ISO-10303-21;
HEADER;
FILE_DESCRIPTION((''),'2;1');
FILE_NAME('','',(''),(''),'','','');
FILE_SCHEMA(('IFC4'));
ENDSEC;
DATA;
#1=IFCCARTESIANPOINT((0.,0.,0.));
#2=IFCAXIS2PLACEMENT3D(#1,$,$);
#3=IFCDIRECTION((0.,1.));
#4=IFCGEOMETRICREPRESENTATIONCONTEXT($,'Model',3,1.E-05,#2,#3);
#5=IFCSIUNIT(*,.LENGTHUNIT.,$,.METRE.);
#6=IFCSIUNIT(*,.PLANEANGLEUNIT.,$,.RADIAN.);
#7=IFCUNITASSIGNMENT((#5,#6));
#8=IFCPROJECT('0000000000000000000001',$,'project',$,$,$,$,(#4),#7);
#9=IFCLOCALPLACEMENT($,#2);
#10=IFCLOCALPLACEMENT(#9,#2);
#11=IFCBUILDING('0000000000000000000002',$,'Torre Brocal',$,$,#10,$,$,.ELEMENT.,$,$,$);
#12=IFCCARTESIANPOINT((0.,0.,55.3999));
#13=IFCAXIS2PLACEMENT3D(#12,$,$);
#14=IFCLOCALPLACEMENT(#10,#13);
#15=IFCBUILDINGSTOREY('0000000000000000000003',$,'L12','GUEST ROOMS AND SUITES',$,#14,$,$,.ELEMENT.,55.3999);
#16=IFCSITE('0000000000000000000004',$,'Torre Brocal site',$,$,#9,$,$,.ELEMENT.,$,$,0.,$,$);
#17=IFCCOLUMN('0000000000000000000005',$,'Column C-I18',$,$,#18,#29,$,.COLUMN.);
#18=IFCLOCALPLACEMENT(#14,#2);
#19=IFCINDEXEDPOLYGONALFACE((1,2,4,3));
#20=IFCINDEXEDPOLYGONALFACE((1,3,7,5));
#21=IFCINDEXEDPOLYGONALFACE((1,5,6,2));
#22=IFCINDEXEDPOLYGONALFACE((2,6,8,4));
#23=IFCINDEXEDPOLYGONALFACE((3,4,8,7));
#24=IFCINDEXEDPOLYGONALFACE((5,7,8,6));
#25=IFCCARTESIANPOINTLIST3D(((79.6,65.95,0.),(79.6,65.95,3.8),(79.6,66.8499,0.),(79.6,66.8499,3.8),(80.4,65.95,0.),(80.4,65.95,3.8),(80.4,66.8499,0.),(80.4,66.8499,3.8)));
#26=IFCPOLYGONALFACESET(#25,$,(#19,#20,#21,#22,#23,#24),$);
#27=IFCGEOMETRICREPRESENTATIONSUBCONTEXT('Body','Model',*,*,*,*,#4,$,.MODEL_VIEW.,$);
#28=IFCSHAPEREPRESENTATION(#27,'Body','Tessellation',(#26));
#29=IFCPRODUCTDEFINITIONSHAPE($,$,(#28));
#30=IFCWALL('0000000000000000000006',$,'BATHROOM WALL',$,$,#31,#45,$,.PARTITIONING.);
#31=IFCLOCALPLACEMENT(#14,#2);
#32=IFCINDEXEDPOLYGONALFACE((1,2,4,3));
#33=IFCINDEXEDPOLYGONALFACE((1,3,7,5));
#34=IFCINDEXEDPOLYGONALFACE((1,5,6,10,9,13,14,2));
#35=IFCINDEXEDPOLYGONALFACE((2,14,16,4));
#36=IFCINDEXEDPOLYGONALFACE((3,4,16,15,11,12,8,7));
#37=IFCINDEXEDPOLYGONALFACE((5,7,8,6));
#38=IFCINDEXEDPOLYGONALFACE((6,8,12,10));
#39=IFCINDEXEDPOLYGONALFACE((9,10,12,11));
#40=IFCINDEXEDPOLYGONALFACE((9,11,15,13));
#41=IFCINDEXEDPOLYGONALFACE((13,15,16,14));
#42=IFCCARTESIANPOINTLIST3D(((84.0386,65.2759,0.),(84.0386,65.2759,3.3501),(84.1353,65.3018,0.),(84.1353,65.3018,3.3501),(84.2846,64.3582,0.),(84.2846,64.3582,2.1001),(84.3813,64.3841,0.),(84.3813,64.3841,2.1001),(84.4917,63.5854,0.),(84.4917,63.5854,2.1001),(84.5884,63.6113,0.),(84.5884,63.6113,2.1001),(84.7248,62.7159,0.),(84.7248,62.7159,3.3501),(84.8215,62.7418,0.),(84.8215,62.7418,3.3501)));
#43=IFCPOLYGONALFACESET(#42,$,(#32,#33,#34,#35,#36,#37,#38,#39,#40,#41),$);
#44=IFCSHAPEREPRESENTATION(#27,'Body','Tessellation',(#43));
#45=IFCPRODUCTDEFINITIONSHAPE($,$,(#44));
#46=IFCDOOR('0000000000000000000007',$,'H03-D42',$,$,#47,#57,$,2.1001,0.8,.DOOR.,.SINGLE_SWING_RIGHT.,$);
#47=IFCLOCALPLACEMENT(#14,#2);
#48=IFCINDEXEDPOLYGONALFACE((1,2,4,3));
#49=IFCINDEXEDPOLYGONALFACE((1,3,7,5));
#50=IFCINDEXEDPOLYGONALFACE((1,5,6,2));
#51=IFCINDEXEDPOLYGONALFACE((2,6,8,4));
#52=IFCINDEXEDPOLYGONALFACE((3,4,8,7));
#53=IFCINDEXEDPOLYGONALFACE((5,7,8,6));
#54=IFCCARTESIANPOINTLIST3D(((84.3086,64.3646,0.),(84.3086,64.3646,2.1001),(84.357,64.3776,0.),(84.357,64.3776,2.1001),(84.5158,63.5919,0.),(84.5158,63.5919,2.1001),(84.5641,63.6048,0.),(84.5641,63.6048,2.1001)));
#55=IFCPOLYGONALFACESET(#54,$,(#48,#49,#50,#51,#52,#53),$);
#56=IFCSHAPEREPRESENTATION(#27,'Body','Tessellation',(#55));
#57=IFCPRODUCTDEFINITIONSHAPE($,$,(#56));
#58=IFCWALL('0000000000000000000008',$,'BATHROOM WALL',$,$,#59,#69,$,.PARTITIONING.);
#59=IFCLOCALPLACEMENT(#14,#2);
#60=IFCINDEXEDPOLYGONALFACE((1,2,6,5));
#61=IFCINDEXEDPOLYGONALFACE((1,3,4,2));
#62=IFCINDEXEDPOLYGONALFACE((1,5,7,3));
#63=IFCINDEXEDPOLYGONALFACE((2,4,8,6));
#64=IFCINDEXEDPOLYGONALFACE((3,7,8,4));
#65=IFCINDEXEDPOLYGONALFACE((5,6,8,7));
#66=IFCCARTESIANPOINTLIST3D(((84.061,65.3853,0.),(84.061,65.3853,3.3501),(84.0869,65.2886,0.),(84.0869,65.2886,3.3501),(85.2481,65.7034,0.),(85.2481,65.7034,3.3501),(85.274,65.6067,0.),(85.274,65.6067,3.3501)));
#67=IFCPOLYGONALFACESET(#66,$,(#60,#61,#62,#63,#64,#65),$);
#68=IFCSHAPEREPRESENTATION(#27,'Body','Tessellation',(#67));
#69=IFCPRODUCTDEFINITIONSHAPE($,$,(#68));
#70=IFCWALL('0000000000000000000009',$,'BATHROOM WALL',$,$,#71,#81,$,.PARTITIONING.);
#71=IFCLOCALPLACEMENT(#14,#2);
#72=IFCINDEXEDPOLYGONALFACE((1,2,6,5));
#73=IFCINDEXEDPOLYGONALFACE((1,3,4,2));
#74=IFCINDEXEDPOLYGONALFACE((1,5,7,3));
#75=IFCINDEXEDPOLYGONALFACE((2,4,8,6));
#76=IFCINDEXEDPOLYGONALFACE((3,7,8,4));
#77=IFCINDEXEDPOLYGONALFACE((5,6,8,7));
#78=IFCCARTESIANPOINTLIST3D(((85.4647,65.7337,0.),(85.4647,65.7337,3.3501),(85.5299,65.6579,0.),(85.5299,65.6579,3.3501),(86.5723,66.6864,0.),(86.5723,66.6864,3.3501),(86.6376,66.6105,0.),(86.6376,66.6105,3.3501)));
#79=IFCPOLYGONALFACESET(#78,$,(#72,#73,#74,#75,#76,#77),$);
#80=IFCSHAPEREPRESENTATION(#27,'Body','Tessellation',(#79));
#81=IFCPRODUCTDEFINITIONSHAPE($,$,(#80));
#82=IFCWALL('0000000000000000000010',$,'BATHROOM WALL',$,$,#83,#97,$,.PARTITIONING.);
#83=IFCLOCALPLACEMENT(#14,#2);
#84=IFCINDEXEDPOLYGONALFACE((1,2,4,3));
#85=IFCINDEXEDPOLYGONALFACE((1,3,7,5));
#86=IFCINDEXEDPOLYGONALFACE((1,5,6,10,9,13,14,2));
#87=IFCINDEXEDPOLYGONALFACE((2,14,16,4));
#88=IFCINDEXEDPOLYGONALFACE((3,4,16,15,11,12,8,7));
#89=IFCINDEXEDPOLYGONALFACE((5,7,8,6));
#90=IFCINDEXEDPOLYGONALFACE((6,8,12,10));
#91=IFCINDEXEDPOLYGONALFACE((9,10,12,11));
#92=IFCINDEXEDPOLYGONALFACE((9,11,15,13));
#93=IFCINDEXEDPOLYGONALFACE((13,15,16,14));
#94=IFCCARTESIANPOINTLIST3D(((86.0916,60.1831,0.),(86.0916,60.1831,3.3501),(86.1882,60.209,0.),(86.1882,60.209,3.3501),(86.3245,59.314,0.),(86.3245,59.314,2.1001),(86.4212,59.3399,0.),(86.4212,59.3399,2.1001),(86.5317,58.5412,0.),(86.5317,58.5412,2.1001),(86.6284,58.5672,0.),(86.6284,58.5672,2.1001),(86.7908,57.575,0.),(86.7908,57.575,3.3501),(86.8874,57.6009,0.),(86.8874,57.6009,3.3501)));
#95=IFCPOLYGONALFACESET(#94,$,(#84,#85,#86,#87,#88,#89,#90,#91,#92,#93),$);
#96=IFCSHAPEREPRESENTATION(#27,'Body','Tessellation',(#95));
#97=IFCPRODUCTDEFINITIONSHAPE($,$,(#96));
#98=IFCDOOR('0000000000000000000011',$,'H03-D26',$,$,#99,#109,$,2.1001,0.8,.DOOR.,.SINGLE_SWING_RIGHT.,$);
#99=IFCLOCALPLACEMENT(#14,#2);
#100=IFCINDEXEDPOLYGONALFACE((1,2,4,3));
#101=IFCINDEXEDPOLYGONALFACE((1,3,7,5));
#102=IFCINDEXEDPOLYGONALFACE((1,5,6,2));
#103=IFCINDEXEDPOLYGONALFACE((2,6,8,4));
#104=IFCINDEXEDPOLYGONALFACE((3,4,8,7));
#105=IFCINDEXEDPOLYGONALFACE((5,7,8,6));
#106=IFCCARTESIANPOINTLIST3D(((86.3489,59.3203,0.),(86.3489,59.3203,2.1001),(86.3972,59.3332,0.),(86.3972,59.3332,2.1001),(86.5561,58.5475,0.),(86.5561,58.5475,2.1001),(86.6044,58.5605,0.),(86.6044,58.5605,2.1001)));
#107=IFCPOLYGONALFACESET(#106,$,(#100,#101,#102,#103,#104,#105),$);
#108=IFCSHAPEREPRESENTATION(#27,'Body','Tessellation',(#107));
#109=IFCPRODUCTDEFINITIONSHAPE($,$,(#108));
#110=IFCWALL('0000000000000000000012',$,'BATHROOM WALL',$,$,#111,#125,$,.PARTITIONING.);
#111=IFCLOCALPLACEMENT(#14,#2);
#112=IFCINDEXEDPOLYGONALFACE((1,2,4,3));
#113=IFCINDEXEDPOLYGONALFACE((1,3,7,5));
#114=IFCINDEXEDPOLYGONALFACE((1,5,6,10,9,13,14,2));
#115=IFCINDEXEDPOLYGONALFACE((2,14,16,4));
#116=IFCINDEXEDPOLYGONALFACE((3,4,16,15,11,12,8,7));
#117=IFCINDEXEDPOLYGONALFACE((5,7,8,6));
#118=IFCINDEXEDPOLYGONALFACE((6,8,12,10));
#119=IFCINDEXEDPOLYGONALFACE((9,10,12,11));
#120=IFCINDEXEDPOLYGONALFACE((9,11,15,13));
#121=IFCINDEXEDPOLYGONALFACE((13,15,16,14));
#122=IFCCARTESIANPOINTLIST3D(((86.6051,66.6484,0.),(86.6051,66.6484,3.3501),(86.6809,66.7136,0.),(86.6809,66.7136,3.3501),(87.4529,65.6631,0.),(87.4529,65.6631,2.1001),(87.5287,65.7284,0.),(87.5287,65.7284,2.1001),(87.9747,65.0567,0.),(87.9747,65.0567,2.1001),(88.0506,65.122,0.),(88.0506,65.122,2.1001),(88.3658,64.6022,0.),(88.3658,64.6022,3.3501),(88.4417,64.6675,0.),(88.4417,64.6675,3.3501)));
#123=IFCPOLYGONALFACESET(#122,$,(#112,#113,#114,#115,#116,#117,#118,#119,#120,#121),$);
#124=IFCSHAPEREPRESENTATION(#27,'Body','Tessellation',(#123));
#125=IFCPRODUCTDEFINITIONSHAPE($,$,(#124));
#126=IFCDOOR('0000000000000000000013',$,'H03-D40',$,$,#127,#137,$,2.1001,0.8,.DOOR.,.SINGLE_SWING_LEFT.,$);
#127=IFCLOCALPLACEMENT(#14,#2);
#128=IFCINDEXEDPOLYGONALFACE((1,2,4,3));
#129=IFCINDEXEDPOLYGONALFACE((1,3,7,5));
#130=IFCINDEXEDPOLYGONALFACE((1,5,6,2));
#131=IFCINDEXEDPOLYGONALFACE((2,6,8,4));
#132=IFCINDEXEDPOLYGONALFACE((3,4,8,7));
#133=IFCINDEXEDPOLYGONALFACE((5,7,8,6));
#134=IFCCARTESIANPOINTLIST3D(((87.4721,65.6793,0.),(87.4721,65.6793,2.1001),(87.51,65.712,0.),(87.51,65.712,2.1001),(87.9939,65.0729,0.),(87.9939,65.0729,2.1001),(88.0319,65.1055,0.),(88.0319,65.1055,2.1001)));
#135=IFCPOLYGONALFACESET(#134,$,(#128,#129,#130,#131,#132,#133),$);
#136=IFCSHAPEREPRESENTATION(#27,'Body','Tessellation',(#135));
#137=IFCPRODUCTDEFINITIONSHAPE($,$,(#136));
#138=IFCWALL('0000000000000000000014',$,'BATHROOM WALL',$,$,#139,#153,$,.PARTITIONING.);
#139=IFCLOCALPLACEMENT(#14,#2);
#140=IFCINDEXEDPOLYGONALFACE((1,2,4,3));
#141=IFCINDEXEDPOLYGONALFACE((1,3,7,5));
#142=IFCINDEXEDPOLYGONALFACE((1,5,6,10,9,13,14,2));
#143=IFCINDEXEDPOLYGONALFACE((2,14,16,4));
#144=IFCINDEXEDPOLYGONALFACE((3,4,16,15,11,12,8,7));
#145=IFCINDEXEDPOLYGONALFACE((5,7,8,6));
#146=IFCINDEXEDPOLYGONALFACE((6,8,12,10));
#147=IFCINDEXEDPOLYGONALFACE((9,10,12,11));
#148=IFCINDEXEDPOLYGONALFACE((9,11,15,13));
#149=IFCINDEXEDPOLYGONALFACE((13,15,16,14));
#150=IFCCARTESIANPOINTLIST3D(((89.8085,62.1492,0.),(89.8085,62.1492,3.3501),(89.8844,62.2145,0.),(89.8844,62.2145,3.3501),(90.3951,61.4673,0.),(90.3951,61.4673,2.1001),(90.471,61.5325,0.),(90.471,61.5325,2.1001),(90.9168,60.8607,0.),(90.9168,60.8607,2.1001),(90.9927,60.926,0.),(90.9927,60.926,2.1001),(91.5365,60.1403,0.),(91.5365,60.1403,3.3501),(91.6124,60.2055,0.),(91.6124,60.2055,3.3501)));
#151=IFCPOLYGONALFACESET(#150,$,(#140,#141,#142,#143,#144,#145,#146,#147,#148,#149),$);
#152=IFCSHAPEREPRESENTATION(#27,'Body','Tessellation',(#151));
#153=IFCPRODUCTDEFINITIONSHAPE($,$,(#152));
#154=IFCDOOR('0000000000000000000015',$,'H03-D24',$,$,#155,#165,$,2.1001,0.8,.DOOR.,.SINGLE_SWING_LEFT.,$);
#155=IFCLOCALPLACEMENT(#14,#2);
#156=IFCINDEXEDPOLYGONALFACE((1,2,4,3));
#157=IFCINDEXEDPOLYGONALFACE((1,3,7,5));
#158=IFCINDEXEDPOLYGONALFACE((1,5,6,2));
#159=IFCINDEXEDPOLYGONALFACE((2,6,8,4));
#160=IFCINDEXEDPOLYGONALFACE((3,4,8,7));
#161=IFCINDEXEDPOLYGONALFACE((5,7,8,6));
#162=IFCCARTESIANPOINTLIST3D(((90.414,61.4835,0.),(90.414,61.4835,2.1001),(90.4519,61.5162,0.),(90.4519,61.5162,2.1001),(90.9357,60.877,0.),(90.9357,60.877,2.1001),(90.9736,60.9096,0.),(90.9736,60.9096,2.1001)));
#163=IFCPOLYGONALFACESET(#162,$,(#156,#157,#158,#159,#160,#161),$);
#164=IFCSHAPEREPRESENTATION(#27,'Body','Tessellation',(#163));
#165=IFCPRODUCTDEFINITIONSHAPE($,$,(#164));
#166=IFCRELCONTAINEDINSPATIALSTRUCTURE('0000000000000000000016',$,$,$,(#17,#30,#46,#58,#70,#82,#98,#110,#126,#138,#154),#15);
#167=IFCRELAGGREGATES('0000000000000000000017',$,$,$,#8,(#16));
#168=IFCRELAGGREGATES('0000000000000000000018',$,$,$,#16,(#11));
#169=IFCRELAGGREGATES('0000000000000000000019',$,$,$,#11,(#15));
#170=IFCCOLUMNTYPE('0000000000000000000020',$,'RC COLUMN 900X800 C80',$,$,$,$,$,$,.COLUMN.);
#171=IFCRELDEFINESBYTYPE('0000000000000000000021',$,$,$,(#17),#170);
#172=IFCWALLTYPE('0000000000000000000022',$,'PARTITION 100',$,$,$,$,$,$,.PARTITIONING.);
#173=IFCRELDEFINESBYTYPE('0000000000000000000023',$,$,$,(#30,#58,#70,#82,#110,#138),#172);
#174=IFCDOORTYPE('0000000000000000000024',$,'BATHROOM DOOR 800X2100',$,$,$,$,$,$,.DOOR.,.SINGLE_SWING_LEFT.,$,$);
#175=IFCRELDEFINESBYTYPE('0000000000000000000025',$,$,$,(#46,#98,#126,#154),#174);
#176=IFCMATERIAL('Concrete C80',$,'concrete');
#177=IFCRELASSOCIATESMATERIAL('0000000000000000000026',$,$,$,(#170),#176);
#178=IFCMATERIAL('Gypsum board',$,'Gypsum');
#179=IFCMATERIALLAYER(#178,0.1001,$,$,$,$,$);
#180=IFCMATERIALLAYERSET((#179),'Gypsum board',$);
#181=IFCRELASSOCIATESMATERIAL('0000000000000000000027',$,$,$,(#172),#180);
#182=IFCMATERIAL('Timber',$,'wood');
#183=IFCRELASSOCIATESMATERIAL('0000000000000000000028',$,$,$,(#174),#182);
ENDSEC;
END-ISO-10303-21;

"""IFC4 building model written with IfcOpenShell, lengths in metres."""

from ifc_helpers import new_model, si_unit, direction, frame, frame_2d, origin, origin_2d, place, context, subcontext, project, spatial, rectangle, extrude, material, layer, layer_set, material_profile, profile_set, type_object, element, fill, save


model = new_model("IFC4")

# Units and contexts
model_context = context("Model", 3, precision=1e-05, world=origin(), true_north=direction((0.0, 1.0)))
body_context = subcontext(model_context, "Body", "Model", "MODEL_VIEW")
ifc_project = project(units=[si_unit("LENGTHUNIT", "METRE"), si_unit("PLANEANGLEUNIT", "RADIAN")], contexts=[model_context])

# Site, building, storey
site_placement = place(None, origin())
site = spatial("IfcSite", under=ifc_project, at=site_placement, Name="Torre Brocal site", CompositionType="ELEMENT", RefElevation=0.0)
building_placement = place(site_placement, origin())
building = spatial("IfcBuilding", under=site, at=building_placement, Name="Torre Brocal", CompositionType="ELEMENT")
storey_placement = place(building_placement, frame((0.0, 0.0, 55.3999)))
storey = spatial("IfcBuildingStorey", under=building, at=storey_placement, Name="L12", Description="GUEST ROOMS AND SUITES", CompositionType="ELEMENT", Elevation=55.3999)

# Column
ifc_material_1 = material(Name="Concrete C80", Category="concrete")
ifc_material_profile = material_profile(ifc_material_1, rectangle(XDim=0.8999, YDim=0.8, at=origin_2d()), Name="RC 900X800")
ifc_profile_set = profile_set([ifc_material_profile], Name="Concrete C80")
column_type = type_object("IfcColumnType", Name="RC COLUMN 900X800 C80", PredefinedType="COLUMN", material=ifc_profile_set)
column_placement = place(storey_placement, frame((80.0, 66.3999, 0.0), z_axis=(0.0, 0.0, 1.0), x_axis=(0.0, -1.0, 0.0)))
element("IfcColumn", 1, at=column_placement, inside=storey, type_object=column_type, Name="Column C-I18", PredefinedType="COLUMN", context=body_context, shape_type="SweptSolid", body=[
    extrude(rectangle(XDim=0.8999, YDim=0.8, at=origin_2d()), origin(), (0.0, 0.0, 1.0), 3.8),
])

# Wall, opening, door
ifc_material_2 = material(Name="Gypsum board", Category="Gypsum")
ifc_layer_1 = layer(ifc_material_2, 0.1001)
ifc_layer_set_1 = layer_set([ifc_layer_1], Name="Gypsum board")
wall_type_1 = type_object("IfcWallType", Name="PARTITION 100", PredefinedType="PARTITIONING", material=ifc_layer_set_1)
wall_1_placement = place(storey_placement, frame((84.0869, 65.2888, 0.0), z_axis=(0.0, 0.0, 1.0), x_axis=(0.258929, -0.965896, 0.0)))
wall_1 = element("IfcWall", 2, at=wall_1_placement, inside=storey, type_object=wall_type_1, Name="BATHROOM WALL", PredefinedType="PARTITIONING", context=body_context, shape_type="SweptSolid", body=[
    extrude(rectangle(XDim=2.6504, YDim=0.1001, at=frame_2d((1.3252, 0.0))), origin(), (0.0, 0.0, 1.0), 3.3501),
])
opening_1_placement = place(wall_1_placement, frame((0.9502, 0.0, 0.0)))
opening_1 = element("IfcOpeningElement", 3, at=opening_1_placement, cuts=wall_1, PredefinedType="OPENING", context=body_context, shape_type="SweptSolid", body=[
    extrude(rectangle(XDim=0.8, YDim=2.1001, at=frame_2d((0.3999, 1.05))), frame((0.0, 0.0601, 0.0), z_axis=(0.0, -1.0, 0.0), x_axis=(1.0, 0.0, 0.0)), (0.0, 0.0, 1.0), 0.1201),
])
ifc_material_3 = material(Name="Timber", Category="wood")
door_type_1 = type_object("IfcDoorType", Name="BATHROOM DOOR 800X2100", OperationType="SINGLE_SWING_LEFT", PredefinedType="DOOR", material=ifc_material_3)
door_1_placement = place(opening_1_placement, origin())
door_1 = element("IfcDoor", 4, at=door_1_placement, inside=storey, type_object=door_type_1, Name="H03-D42", OperationType="SINGLE_SWING_RIGHT", OverallHeight=2.1001, OverallWidth=0.8, PredefinedType="DOOR", context=body_context, shape_type="SweptSolid", body=[
    extrude(rectangle(XDim=0.8, YDim=2.1001, at=frame_2d((0.3999, 1.05))), frame((0.0, 0.0249, 0.0), z_axis=(0.0, -1.0, 0.0), x_axis=(1.0, 0.0, 0.0)), (0.0, 0.0, 1.0), 0.05),
])
fill(opening_1, door_1)

# Walls
wall_2_placement = place(storey_placement, frame((84.074, 65.3369, 0.0), z_axis=(0.0, 0.0, 1.0), x_axis=(0.965914, 0.258862, 0.0)))
element("IfcWall", 5, at=wall_2_placement, inside=storey, type_object=wall_type_1, Name="BATHROOM WALL", PredefinedType="PARTITIONING", context=body_context, shape_type="SweptSolid", body=[
    extrude(rectangle(XDim=1.229, YDim=0.1001, at=frame_2d((0.6145, 0.0))), origin(), (0.0, 0.0, 1.0), 3.3501),
])
wall_3_placement = place(storey_placement, frame((85.4973, 65.6958, 0.0), z_axis=(0.0, 0.0, 1.0), x_axis=(0.75817, 0.652057, 0.0)))
element("IfcWall", 6, at=wall_3_placement, inside=storey, type_object=wall_type_1, Name="BATHROOM WALL", PredefinedType="PARTITIONING", context=body_context, shape_type="SweptSolid", body=[
    extrude(rectangle(XDim=1.4609, YDim=0.1001, at=frame_2d((0.7305, 0.0))), origin(), (0.0, 0.0, 1.0), 3.3501),
])

# Walls, openings, doors
wall_4_placement = place(storey_placement, frame((86.1399, 60.196, 0.0), z_axis=(0.0, 0.0, 1.0), x_axis=(0.258945, -0.965892, 0.0)))
wall_4 = element("IfcWall", 7, at=wall_4_placement, inside=storey, type_object=wall_type_1, Name="BATHROOM WALL", PredefinedType="PARTITIONING", context=body_context, shape_type="SweptSolid", body=[
    extrude(rectangle(XDim=2.7002, YDim=0.1001, at=frame_2d((1.3501, 0.0))), origin(), (0.0, 0.0, 1.0), 3.3501),
])
opening_2_placement = place(wall_4_placement, frame((0.8999, 0.0, 0.0)))
opening_2 = element("IfcOpeningElement", 8, at=opening_2_placement, cuts=wall_4, PredefinedType="OPENING", context=body_context, shape_type="SweptSolid", body=[
    extrude(rectangle(XDim=0.8, YDim=2.1001, at=frame_2d((0.3999, 1.05))), frame((0.0, 0.0601, 0.0), z_axis=(0.0, -1.0, 0.0), x_axis=(1.0, 0.0, 0.0)), (0.0, 0.0, 1.0), 0.1201),
])
door_2_placement = place(opening_2_placement, frame((0.8, 0.0, 0.0), z_axis=(0.0, 0.0, 1.0), x_axis=(-1.0, 0.0, 0.0)))
door_2 = element("IfcDoor", 9, at=door_2_placement, inside=storey, type_object=door_type_1, Name="H03-D26", OperationType="SINGLE_SWING_RIGHT", OverallHeight=2.1001, OverallWidth=0.8, PredefinedType="DOOR", context=body_context, shape_type="SweptSolid", body=[
    extrude(rectangle(XDim=0.8, YDim=2.1001, at=frame_2d((0.3999, 1.05))), frame((0.0, 0.0249, 0.0), z_axis=(0.0, -1.0, 0.0), x_axis=(1.0, 0.0, 0.0)), (0.0, 0.0, 1.0), 0.05),
])
fill(opening_2, door_2)
wall_5_placement = place(storey_placement, frame((86.6431, 66.6809, 0.0), z_axis=(0.0, 0.0, 1.0), x_axis=(0.652265, -0.757991, 0.0)))
wall_5 = element("IfcWall", 10, at=wall_5_placement, inside=storey, type_object=wall_type_1, Name="BATHROOM WALL", PredefinedType="PARTITIONING", context=body_context, shape_type="SweptSolid", body=[
    extrude(rectangle(XDim=2.6995, YDim=0.1001, at=frame_2d((1.3496, 0.0))), origin(), (0.0, 0.0, 1.0), 3.3501),
])
opening_3_placement = place(wall_5_placement, frame((1.2998, 0.0, 0.0)))
opening_3 = element("IfcOpeningElement", 11, at=opening_3_placement, cuts=wall_5, PredefinedType="OPENING", context=body_context, shape_type="SweptSolid", body=[
    extrude(rectangle(XDim=0.8, YDim=2.1001, at=frame_2d((0.3999, 1.05))), frame((0.0, 0.0601, 0.0), z_axis=(0.0, -1.0, 0.0), x_axis=(1.0, 0.0, 0.0)), (0.0, 0.0, 1.0), 0.1201),
])
door_3_placement = place(opening_3_placement, frame((0.8, 0.0, 0.0), z_axis=(0.0, 0.0, 1.0), x_axis=(-1.0, 0.0, 0.0)))
door_3 = element("IfcDoor", 12, at=door_3_placement, inside=storey, type_object=door_type_1, Name="H03-D40", OperationType="SINGLE_SWING_LEFT", OverallHeight=2.1001, OverallWidth=0.8, PredefinedType="DOOR", context=body_context, shape_type="SweptSolid", body=[
    extrude(rectangle(XDim=0.8, YDim=2.1001, at=frame_2d((0.3999, 1.05))), frame((0.0, 0.0249, 0.0), z_axis=(0.0, -1.0, 0.0), x_axis=(1.0, 0.0, 0.0)), (0.0, 0.0, 1.0), 0.05),
])
fill(opening_3, door_3)
wall_6_placement = place(storey_placement, frame((89.8464, 62.1819, 0.0), z_axis=(0.0, 0.0, 1.0), x_axis=(0.652095, -0.758137, 0.0)))
wall_6 = element("IfcWall", 13, at=wall_6_placement, inside=storey, type_object=wall_type_1, Name="BATHROOM WALL", PredefinedType="PARTITIONING", context=body_context, shape_type="SweptSolid", body=[
    extrude(rectangle(XDim=2.6499, YDim=0.1001, at=frame_2d((1.325, 0.0))), origin(), (0.0, 0.0, 1.0), 3.3501),
])
opening_4_placement = place(wall_6_placement, frame((0.8997, 0.0, 0.0)))
opening_4 = element("IfcOpeningElement", 14, at=opening_4_placement, cuts=wall_6, PredefinedType="OPENING", context=body_context, shape_type="SweptSolid", body=[
    extrude(rectangle(XDim=0.8, YDim=2.1001, at=frame_2d((0.3999, 1.05))), frame((0.0, 0.0601, 0.0), z_axis=(0.0, -1.0, 0.0), x_axis=(1.0, 0.0, 0.0)), (0.0, 0.0, 1.0), 0.1201),
])
door_4_placement = place(opening_4_placement, origin())
door_4 = element("IfcDoor", 15, at=door_4_placement, inside=storey, type_object=door_type_1, Name="H03-D24", OperationType="SINGLE_SWING_LEFT", OverallHeight=2.1001, OverallWidth=0.8, PredefinedType="DOOR", context=body_context, shape_type="SweptSolid", body=[
    extrude(rectangle(XDim=0.8, YDim=2.1001, at=frame_2d((0.3999, 1.05))), frame((0.0, 0.0249, 0.0), z_axis=(0.0, -1.0, 0.0), x_axis=(1.0, 0.0, 0.0)), (0.0, 0.0, 1.0), 0.05),
])
fill(opening_4, door_4)

save(model, "model.ifc")
